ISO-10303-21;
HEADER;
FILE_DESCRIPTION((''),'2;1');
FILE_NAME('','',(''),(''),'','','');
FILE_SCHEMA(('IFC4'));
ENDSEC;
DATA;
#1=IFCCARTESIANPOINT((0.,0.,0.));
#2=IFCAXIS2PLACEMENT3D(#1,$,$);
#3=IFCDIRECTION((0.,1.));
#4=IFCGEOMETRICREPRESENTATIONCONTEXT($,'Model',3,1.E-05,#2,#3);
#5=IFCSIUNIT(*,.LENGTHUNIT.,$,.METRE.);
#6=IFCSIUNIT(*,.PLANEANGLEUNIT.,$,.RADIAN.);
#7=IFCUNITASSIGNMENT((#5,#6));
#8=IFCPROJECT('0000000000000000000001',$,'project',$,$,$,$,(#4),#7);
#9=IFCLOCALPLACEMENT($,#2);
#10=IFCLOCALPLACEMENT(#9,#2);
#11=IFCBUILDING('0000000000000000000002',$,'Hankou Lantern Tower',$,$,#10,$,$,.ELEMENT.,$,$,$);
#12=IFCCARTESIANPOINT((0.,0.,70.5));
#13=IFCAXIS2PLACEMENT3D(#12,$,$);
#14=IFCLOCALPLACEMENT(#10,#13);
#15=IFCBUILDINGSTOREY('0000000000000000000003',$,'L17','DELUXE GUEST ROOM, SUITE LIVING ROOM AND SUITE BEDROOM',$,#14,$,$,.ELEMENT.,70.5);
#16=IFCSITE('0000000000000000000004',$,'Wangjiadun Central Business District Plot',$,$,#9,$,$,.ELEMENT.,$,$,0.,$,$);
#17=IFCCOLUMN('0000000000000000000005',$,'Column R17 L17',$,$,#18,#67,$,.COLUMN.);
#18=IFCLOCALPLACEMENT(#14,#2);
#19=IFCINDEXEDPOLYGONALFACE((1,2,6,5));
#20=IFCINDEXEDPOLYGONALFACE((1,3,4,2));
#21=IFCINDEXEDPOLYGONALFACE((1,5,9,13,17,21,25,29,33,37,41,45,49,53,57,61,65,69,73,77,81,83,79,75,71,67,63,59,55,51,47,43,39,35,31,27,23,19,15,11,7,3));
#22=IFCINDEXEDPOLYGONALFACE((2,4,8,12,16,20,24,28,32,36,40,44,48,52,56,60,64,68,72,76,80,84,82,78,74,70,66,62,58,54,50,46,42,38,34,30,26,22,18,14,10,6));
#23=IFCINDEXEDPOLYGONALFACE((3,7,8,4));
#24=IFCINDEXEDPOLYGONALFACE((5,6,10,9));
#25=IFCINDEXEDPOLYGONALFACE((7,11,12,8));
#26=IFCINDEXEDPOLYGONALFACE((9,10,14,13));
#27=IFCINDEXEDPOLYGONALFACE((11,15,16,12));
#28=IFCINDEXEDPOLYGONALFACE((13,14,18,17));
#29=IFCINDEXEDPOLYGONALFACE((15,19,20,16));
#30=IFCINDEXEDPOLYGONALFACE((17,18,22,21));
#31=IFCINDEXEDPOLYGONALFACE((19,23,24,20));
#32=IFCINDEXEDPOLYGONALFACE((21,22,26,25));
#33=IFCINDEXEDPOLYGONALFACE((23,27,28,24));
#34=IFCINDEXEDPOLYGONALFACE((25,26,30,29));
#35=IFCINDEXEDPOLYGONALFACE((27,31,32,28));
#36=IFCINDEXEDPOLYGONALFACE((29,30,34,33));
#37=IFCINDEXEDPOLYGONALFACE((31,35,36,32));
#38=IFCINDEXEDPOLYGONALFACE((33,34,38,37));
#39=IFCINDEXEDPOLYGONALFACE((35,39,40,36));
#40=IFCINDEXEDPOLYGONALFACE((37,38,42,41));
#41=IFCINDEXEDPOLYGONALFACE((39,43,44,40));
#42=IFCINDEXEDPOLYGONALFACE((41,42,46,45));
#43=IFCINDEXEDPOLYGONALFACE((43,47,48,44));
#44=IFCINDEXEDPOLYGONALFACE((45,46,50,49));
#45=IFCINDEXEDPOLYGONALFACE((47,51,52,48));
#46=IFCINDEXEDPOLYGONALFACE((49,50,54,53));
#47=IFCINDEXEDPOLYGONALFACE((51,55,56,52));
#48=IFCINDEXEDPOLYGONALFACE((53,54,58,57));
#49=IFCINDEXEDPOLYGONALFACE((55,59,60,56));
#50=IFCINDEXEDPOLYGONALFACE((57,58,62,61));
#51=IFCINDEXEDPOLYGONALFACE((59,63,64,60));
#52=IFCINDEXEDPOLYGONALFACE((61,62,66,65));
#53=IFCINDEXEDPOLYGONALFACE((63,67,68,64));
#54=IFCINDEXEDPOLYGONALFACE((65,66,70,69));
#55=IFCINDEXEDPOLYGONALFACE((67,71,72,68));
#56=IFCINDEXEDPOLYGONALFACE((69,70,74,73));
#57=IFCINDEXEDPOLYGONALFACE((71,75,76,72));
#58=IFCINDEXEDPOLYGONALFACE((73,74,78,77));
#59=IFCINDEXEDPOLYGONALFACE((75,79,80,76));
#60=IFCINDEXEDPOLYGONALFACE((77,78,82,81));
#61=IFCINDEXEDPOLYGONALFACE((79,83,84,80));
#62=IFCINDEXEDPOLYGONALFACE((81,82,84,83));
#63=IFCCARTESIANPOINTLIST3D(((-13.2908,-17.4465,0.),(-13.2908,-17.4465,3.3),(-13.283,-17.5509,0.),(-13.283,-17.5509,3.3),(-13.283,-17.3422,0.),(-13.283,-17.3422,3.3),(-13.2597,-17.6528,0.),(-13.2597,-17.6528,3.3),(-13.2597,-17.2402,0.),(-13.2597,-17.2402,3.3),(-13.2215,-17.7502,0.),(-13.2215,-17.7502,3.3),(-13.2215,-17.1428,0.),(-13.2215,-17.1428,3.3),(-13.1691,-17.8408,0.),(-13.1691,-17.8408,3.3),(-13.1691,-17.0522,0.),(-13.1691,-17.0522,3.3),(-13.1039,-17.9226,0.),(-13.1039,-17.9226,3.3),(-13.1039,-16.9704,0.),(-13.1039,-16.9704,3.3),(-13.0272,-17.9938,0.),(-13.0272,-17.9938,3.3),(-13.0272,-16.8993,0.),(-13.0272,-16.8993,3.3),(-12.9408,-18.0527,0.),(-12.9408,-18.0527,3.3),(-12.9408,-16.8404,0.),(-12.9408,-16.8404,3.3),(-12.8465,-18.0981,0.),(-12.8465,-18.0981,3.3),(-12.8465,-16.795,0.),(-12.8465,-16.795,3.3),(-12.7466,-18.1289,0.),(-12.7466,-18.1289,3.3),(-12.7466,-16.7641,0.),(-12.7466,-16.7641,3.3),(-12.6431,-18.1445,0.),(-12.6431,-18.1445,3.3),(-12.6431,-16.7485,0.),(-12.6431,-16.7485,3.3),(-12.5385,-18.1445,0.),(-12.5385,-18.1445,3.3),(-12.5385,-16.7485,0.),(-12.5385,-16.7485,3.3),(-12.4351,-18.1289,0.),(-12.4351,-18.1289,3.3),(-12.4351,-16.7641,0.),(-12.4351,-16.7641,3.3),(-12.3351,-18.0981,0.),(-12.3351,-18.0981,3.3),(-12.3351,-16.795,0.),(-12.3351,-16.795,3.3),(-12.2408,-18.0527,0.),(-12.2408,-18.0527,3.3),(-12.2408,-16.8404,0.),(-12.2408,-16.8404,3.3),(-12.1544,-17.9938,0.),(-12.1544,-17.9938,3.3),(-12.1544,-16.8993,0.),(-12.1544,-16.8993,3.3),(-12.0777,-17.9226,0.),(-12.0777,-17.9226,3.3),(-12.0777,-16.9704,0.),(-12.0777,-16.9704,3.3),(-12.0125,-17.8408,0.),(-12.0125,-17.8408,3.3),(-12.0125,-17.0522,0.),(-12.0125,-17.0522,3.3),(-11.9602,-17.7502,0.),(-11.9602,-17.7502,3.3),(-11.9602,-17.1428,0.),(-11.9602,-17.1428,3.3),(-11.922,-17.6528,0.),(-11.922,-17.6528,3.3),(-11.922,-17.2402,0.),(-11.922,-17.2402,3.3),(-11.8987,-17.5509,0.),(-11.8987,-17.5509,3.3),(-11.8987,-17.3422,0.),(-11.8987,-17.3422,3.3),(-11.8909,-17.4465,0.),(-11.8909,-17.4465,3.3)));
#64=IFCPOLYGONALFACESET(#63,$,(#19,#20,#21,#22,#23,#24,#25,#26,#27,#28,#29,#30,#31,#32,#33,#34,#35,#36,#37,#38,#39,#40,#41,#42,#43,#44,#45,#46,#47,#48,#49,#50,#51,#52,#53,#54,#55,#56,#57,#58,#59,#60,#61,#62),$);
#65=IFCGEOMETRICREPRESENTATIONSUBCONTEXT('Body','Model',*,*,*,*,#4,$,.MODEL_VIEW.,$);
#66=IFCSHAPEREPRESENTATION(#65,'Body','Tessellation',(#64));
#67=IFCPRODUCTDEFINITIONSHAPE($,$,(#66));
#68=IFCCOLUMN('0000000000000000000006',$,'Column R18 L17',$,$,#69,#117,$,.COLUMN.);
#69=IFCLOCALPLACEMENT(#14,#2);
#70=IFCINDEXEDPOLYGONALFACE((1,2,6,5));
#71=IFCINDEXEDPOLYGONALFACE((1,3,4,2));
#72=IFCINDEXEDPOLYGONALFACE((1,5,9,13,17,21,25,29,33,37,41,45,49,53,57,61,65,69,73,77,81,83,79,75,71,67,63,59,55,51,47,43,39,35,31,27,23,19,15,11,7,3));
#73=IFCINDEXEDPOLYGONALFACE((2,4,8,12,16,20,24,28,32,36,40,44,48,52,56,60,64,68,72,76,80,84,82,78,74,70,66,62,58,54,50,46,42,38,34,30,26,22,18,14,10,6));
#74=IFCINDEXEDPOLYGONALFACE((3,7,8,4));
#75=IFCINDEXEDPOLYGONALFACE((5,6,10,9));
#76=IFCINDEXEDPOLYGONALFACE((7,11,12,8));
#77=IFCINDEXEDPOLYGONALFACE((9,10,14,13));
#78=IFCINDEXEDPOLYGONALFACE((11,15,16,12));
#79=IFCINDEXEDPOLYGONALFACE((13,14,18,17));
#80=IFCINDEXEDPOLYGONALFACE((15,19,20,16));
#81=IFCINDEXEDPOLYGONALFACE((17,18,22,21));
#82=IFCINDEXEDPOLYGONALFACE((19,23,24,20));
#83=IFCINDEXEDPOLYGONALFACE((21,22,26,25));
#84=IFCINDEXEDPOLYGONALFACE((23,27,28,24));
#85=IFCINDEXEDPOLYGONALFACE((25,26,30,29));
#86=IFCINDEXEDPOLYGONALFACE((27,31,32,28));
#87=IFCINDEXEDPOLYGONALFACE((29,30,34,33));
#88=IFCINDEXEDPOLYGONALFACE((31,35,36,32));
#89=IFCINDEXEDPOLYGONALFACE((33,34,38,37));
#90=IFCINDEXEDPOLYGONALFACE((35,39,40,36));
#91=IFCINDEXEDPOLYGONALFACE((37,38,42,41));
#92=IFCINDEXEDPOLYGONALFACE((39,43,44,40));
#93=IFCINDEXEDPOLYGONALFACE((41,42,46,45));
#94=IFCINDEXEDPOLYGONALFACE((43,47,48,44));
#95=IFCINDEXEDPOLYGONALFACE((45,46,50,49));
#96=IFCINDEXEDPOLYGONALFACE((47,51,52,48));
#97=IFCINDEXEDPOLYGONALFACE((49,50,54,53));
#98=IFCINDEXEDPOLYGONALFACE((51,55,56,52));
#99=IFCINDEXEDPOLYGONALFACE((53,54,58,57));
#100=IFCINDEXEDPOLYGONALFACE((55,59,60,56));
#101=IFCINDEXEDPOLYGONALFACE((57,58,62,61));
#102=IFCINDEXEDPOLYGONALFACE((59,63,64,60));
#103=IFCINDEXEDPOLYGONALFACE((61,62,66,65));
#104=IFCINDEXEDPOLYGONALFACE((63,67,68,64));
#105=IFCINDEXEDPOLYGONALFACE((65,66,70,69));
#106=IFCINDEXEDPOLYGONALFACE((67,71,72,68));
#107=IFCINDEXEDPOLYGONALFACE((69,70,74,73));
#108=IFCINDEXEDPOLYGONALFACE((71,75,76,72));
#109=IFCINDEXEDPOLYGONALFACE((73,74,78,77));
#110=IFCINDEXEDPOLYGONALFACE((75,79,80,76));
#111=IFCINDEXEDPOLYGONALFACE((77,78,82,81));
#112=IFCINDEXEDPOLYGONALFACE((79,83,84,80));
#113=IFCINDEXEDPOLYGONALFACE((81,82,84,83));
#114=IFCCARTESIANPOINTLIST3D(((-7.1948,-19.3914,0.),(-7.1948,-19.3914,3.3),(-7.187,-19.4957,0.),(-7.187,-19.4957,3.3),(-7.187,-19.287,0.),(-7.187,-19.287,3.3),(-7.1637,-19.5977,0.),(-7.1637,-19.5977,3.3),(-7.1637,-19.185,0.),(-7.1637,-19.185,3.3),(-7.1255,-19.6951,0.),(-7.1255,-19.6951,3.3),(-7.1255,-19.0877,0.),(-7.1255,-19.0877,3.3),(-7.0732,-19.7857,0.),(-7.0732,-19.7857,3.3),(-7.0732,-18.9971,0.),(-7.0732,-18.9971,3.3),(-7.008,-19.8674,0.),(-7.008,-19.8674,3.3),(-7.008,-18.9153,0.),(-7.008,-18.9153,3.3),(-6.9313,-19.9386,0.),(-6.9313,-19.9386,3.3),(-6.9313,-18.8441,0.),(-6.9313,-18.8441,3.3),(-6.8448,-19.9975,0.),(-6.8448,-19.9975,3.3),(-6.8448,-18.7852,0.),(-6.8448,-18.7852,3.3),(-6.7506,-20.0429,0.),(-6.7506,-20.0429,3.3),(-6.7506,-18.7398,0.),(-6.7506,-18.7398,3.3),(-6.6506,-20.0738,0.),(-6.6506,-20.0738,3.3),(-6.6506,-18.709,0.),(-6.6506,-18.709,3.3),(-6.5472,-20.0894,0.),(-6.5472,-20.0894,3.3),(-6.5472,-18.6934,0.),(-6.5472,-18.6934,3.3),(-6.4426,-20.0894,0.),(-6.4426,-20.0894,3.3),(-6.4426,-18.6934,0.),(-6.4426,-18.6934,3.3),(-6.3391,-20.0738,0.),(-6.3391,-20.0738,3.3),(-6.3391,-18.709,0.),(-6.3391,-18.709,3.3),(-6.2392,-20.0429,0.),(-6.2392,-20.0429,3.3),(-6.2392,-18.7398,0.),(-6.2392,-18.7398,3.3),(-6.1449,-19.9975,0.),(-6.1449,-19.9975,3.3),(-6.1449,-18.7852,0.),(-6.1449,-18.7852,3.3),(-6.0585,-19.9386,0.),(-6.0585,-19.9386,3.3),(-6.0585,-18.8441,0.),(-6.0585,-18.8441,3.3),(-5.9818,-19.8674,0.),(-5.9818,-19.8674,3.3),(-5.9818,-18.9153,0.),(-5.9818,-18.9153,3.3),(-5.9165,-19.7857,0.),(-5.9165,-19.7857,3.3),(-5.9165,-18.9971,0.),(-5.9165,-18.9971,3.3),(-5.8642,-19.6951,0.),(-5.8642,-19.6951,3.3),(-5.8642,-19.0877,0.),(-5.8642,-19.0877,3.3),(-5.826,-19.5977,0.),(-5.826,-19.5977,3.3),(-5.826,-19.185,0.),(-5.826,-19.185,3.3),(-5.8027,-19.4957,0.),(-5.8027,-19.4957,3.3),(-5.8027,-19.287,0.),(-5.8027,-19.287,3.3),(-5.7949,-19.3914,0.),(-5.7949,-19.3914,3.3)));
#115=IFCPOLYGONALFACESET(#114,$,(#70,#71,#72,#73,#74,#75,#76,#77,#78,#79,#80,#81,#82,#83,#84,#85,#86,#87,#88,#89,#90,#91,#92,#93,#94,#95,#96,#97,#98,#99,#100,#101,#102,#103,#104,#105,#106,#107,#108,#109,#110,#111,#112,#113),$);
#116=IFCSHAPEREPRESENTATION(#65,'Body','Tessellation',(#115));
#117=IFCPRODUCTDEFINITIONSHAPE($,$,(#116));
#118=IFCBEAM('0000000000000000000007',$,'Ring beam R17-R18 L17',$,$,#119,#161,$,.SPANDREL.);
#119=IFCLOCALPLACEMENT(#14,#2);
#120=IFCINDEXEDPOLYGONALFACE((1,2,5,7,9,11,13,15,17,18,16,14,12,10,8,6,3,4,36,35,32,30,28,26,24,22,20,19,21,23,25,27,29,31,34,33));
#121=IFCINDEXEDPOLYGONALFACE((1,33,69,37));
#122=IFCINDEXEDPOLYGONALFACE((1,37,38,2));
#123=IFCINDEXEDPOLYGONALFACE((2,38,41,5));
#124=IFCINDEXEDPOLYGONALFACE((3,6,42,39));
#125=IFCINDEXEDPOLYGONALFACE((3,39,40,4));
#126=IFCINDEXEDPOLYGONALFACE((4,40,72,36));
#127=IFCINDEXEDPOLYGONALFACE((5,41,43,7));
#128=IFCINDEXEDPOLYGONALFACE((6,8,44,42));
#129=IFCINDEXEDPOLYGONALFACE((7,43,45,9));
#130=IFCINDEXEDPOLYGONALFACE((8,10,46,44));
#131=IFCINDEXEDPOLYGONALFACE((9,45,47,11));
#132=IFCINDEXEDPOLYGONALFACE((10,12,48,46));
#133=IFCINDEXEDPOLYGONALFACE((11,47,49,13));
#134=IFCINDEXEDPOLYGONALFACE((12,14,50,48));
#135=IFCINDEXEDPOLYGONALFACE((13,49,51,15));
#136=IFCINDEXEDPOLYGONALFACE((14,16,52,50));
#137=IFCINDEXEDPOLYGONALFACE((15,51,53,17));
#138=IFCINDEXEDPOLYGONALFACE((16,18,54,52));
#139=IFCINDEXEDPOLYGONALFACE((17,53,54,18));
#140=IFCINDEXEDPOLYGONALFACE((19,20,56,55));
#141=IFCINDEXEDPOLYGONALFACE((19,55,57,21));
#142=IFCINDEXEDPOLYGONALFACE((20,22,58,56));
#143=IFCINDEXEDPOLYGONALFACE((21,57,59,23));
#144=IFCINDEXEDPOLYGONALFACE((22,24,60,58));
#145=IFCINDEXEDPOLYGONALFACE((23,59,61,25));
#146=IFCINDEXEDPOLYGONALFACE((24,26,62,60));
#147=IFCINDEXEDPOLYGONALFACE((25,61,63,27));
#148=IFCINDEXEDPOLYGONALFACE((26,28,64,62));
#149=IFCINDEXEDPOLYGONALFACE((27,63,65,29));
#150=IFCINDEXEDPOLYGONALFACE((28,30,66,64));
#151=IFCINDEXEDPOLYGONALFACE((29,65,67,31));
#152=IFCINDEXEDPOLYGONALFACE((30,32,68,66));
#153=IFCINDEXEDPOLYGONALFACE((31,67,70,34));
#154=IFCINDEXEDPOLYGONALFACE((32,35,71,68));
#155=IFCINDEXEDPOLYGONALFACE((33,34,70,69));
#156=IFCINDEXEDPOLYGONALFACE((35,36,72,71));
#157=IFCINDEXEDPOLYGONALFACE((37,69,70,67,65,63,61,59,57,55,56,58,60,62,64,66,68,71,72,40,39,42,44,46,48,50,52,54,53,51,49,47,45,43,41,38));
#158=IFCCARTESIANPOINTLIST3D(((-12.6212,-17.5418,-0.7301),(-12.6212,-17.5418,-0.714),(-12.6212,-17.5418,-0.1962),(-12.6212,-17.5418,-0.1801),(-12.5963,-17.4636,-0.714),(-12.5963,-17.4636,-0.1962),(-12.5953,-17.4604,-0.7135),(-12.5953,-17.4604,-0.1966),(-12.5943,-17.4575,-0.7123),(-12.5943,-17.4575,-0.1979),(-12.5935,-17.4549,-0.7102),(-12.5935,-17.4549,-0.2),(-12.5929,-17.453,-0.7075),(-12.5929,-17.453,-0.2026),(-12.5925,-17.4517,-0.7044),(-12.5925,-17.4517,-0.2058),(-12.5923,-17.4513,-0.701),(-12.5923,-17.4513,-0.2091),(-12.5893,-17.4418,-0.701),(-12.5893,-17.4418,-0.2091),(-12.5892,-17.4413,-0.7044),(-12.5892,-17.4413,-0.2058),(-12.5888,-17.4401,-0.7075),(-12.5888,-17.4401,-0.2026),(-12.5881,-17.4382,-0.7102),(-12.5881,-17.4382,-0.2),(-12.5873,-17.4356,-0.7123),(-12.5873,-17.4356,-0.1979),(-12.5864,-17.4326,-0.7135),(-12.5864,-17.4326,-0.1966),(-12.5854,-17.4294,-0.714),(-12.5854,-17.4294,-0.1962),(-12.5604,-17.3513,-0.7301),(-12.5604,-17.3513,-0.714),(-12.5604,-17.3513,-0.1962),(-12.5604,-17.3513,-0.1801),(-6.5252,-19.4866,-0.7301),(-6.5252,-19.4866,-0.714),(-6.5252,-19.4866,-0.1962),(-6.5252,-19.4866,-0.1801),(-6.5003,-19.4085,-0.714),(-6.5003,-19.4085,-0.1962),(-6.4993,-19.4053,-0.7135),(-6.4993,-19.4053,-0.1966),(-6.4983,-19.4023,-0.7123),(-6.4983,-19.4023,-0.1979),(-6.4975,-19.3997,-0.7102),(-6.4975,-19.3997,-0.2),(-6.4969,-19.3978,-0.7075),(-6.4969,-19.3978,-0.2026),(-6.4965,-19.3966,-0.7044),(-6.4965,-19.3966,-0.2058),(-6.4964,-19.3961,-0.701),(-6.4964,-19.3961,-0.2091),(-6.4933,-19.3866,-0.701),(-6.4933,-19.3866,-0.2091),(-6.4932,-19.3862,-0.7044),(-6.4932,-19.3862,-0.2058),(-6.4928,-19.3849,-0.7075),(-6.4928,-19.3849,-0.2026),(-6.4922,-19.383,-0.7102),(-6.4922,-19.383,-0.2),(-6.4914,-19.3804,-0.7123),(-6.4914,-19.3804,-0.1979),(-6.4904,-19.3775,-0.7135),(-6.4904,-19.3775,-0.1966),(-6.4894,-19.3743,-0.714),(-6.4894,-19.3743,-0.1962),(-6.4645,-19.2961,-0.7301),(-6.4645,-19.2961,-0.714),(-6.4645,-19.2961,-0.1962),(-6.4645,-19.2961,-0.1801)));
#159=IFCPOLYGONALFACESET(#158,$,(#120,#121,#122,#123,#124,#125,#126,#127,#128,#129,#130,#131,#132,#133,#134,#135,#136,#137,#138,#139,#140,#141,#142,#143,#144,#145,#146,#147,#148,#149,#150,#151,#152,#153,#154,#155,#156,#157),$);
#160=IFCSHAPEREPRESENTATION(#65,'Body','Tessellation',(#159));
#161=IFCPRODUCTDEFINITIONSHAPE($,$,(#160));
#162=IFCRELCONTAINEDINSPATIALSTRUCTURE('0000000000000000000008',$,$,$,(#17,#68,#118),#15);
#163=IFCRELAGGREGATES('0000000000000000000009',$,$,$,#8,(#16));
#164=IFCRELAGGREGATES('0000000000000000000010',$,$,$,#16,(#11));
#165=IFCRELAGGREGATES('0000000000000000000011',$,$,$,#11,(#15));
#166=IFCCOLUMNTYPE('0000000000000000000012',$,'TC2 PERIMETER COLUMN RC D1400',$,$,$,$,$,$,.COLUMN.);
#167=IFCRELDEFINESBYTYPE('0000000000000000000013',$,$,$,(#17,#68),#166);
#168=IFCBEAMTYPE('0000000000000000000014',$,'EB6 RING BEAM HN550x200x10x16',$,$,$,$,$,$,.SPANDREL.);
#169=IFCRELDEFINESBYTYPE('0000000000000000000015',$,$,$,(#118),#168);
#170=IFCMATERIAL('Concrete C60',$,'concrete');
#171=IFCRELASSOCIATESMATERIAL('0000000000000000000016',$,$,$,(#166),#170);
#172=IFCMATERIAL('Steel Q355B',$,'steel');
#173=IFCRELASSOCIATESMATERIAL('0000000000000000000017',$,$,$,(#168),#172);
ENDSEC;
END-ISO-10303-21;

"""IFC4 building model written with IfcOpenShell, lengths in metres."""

from ifc_helpers import new_model, si_unit, direction, frame, origin, origin_2d, place, context, subcontext, project, spatial, circle, i_section, extrude, material, material_profile, profile_set, type_object, element, save


model = new_model("IFC4")

# Units and contexts
model_context = context("Model", 3, precision=1e-05, world=origin(), true_north=direction((0.0, 1.0)))
body_context = subcontext(model_context, "Body", "Model", "MODEL_VIEW")
ifc_project = project(units=[si_unit("LENGTHUNIT", "METRE"), si_unit("PLANEANGLEUNIT", "RADIAN")], contexts=[model_context])

# Site, building, storey
site_placement = place(None, origin())
site = spatial("IfcSite", under=ifc_project, at=site_placement, Name="Wangjiadun Central Business District Plot", CompositionType="ELEMENT", RefElevation=0.0)
building_placement = place(site_placement, origin())
building = spatial("IfcBuilding", under=site, at=building_placement, Name="Hankou Lantern Tower", CompositionType="ELEMENT")
storey_placement = place(building_placement, frame((0.0, 0.0, 70.5)))
storey = spatial("IfcBuildingStorey", under=building, at=storey_placement, Name="L17", Description="DELUXE GUEST ROOM, SUITE LIVING ROOM AND SUITE BEDROOM", CompositionType="ELEMENT", Elevation=70.5)

# Columns
ifc_material_1 = material(Name="Concrete C60", Category="concrete")
ifc_material_profile_1 = material_profile(ifc_material_1, circle(Radius=0.7, at=origin_2d()), Name="RC D1400")
ifc_profile_set_1 = profile_set([ifc_material_profile_1], Name="Concrete C60")
column_type = type_object("IfcColumnType", Name="TC2 PERIMETER COLUMN RC D1400", PredefinedType="COLUMN", material=ifc_profile_set_1)
for number, where, z_axis, x_axis, name in (
    (1, (-12.5908, -17.4465, 0.0), (0.0, 0.0, 1.0), (1.0, 0.0, 0.0), "Column R17 L17"),
    (2, (-6.4949, -19.3914, 0.0), (0.0, 0.0, 1.0), (1.0, 0.0, 0.0), "Column R18 L17"),
):
    element("IfcColumn", number, at=place(storey_placement, frame(where, z_axis=z_axis, x_axis=x_axis)), inside=storey, type_object=column_type, Name=name, PredefinedType="COLUMN", context=body_context, shape_type="SweptSolid", body=[
        extrude(circle(Radius=0.7, at=origin_2d()), origin(), (0.0, 0.0, 1.0), 3.3),
    ])

# Beam
ifc_material_2 = material(Name="Steel Q355B", Category="steel")
ifc_material_profile_2 = material_profile(ifc_material_2, i_section(OverallWidth=0.2, OverallDepth=0.55, WebThickness=0.01, FlangeThickness=0.0161, FilletRadius=0.0129, at=origin_2d()), Name="HN550x200x10x16")
ifc_profile_set_2 = profile_set([ifc_material_profile_2], Name="Steel Q355B")
beam_type_1 = type_object("IfcBeamType", Name="EB6 RING BEAM HN550x200x10x16", PredefinedType="SPANDREL", material=ifc_profile_set_2)
beam_1_placement = place(storey_placement, frame((-12.5908, -17.4465, -0.4551), z_axis=(0.95269, -0.303942, 0.0), x_axis=(0.303942, 0.95269, 0.0)))
element("IfcBeam", 3, at=beam_1_placement, inside=storey, type_object=beam_type_1, Name="Ring beam R17-R18 L17", PredefinedType="SPANDREL", context=body_context, shape_type="SweptSolid", body=[
    extrude(i_section(OverallWidth=0.2, OverallDepth=0.55, WebThickness=0.01, FlangeThickness=0.0161, FilletRadius=0.0129, at=origin_2d()), origin(), (0.0, 0.0, 1.0), 6.3987),
])

save(model, "model.ifc")
